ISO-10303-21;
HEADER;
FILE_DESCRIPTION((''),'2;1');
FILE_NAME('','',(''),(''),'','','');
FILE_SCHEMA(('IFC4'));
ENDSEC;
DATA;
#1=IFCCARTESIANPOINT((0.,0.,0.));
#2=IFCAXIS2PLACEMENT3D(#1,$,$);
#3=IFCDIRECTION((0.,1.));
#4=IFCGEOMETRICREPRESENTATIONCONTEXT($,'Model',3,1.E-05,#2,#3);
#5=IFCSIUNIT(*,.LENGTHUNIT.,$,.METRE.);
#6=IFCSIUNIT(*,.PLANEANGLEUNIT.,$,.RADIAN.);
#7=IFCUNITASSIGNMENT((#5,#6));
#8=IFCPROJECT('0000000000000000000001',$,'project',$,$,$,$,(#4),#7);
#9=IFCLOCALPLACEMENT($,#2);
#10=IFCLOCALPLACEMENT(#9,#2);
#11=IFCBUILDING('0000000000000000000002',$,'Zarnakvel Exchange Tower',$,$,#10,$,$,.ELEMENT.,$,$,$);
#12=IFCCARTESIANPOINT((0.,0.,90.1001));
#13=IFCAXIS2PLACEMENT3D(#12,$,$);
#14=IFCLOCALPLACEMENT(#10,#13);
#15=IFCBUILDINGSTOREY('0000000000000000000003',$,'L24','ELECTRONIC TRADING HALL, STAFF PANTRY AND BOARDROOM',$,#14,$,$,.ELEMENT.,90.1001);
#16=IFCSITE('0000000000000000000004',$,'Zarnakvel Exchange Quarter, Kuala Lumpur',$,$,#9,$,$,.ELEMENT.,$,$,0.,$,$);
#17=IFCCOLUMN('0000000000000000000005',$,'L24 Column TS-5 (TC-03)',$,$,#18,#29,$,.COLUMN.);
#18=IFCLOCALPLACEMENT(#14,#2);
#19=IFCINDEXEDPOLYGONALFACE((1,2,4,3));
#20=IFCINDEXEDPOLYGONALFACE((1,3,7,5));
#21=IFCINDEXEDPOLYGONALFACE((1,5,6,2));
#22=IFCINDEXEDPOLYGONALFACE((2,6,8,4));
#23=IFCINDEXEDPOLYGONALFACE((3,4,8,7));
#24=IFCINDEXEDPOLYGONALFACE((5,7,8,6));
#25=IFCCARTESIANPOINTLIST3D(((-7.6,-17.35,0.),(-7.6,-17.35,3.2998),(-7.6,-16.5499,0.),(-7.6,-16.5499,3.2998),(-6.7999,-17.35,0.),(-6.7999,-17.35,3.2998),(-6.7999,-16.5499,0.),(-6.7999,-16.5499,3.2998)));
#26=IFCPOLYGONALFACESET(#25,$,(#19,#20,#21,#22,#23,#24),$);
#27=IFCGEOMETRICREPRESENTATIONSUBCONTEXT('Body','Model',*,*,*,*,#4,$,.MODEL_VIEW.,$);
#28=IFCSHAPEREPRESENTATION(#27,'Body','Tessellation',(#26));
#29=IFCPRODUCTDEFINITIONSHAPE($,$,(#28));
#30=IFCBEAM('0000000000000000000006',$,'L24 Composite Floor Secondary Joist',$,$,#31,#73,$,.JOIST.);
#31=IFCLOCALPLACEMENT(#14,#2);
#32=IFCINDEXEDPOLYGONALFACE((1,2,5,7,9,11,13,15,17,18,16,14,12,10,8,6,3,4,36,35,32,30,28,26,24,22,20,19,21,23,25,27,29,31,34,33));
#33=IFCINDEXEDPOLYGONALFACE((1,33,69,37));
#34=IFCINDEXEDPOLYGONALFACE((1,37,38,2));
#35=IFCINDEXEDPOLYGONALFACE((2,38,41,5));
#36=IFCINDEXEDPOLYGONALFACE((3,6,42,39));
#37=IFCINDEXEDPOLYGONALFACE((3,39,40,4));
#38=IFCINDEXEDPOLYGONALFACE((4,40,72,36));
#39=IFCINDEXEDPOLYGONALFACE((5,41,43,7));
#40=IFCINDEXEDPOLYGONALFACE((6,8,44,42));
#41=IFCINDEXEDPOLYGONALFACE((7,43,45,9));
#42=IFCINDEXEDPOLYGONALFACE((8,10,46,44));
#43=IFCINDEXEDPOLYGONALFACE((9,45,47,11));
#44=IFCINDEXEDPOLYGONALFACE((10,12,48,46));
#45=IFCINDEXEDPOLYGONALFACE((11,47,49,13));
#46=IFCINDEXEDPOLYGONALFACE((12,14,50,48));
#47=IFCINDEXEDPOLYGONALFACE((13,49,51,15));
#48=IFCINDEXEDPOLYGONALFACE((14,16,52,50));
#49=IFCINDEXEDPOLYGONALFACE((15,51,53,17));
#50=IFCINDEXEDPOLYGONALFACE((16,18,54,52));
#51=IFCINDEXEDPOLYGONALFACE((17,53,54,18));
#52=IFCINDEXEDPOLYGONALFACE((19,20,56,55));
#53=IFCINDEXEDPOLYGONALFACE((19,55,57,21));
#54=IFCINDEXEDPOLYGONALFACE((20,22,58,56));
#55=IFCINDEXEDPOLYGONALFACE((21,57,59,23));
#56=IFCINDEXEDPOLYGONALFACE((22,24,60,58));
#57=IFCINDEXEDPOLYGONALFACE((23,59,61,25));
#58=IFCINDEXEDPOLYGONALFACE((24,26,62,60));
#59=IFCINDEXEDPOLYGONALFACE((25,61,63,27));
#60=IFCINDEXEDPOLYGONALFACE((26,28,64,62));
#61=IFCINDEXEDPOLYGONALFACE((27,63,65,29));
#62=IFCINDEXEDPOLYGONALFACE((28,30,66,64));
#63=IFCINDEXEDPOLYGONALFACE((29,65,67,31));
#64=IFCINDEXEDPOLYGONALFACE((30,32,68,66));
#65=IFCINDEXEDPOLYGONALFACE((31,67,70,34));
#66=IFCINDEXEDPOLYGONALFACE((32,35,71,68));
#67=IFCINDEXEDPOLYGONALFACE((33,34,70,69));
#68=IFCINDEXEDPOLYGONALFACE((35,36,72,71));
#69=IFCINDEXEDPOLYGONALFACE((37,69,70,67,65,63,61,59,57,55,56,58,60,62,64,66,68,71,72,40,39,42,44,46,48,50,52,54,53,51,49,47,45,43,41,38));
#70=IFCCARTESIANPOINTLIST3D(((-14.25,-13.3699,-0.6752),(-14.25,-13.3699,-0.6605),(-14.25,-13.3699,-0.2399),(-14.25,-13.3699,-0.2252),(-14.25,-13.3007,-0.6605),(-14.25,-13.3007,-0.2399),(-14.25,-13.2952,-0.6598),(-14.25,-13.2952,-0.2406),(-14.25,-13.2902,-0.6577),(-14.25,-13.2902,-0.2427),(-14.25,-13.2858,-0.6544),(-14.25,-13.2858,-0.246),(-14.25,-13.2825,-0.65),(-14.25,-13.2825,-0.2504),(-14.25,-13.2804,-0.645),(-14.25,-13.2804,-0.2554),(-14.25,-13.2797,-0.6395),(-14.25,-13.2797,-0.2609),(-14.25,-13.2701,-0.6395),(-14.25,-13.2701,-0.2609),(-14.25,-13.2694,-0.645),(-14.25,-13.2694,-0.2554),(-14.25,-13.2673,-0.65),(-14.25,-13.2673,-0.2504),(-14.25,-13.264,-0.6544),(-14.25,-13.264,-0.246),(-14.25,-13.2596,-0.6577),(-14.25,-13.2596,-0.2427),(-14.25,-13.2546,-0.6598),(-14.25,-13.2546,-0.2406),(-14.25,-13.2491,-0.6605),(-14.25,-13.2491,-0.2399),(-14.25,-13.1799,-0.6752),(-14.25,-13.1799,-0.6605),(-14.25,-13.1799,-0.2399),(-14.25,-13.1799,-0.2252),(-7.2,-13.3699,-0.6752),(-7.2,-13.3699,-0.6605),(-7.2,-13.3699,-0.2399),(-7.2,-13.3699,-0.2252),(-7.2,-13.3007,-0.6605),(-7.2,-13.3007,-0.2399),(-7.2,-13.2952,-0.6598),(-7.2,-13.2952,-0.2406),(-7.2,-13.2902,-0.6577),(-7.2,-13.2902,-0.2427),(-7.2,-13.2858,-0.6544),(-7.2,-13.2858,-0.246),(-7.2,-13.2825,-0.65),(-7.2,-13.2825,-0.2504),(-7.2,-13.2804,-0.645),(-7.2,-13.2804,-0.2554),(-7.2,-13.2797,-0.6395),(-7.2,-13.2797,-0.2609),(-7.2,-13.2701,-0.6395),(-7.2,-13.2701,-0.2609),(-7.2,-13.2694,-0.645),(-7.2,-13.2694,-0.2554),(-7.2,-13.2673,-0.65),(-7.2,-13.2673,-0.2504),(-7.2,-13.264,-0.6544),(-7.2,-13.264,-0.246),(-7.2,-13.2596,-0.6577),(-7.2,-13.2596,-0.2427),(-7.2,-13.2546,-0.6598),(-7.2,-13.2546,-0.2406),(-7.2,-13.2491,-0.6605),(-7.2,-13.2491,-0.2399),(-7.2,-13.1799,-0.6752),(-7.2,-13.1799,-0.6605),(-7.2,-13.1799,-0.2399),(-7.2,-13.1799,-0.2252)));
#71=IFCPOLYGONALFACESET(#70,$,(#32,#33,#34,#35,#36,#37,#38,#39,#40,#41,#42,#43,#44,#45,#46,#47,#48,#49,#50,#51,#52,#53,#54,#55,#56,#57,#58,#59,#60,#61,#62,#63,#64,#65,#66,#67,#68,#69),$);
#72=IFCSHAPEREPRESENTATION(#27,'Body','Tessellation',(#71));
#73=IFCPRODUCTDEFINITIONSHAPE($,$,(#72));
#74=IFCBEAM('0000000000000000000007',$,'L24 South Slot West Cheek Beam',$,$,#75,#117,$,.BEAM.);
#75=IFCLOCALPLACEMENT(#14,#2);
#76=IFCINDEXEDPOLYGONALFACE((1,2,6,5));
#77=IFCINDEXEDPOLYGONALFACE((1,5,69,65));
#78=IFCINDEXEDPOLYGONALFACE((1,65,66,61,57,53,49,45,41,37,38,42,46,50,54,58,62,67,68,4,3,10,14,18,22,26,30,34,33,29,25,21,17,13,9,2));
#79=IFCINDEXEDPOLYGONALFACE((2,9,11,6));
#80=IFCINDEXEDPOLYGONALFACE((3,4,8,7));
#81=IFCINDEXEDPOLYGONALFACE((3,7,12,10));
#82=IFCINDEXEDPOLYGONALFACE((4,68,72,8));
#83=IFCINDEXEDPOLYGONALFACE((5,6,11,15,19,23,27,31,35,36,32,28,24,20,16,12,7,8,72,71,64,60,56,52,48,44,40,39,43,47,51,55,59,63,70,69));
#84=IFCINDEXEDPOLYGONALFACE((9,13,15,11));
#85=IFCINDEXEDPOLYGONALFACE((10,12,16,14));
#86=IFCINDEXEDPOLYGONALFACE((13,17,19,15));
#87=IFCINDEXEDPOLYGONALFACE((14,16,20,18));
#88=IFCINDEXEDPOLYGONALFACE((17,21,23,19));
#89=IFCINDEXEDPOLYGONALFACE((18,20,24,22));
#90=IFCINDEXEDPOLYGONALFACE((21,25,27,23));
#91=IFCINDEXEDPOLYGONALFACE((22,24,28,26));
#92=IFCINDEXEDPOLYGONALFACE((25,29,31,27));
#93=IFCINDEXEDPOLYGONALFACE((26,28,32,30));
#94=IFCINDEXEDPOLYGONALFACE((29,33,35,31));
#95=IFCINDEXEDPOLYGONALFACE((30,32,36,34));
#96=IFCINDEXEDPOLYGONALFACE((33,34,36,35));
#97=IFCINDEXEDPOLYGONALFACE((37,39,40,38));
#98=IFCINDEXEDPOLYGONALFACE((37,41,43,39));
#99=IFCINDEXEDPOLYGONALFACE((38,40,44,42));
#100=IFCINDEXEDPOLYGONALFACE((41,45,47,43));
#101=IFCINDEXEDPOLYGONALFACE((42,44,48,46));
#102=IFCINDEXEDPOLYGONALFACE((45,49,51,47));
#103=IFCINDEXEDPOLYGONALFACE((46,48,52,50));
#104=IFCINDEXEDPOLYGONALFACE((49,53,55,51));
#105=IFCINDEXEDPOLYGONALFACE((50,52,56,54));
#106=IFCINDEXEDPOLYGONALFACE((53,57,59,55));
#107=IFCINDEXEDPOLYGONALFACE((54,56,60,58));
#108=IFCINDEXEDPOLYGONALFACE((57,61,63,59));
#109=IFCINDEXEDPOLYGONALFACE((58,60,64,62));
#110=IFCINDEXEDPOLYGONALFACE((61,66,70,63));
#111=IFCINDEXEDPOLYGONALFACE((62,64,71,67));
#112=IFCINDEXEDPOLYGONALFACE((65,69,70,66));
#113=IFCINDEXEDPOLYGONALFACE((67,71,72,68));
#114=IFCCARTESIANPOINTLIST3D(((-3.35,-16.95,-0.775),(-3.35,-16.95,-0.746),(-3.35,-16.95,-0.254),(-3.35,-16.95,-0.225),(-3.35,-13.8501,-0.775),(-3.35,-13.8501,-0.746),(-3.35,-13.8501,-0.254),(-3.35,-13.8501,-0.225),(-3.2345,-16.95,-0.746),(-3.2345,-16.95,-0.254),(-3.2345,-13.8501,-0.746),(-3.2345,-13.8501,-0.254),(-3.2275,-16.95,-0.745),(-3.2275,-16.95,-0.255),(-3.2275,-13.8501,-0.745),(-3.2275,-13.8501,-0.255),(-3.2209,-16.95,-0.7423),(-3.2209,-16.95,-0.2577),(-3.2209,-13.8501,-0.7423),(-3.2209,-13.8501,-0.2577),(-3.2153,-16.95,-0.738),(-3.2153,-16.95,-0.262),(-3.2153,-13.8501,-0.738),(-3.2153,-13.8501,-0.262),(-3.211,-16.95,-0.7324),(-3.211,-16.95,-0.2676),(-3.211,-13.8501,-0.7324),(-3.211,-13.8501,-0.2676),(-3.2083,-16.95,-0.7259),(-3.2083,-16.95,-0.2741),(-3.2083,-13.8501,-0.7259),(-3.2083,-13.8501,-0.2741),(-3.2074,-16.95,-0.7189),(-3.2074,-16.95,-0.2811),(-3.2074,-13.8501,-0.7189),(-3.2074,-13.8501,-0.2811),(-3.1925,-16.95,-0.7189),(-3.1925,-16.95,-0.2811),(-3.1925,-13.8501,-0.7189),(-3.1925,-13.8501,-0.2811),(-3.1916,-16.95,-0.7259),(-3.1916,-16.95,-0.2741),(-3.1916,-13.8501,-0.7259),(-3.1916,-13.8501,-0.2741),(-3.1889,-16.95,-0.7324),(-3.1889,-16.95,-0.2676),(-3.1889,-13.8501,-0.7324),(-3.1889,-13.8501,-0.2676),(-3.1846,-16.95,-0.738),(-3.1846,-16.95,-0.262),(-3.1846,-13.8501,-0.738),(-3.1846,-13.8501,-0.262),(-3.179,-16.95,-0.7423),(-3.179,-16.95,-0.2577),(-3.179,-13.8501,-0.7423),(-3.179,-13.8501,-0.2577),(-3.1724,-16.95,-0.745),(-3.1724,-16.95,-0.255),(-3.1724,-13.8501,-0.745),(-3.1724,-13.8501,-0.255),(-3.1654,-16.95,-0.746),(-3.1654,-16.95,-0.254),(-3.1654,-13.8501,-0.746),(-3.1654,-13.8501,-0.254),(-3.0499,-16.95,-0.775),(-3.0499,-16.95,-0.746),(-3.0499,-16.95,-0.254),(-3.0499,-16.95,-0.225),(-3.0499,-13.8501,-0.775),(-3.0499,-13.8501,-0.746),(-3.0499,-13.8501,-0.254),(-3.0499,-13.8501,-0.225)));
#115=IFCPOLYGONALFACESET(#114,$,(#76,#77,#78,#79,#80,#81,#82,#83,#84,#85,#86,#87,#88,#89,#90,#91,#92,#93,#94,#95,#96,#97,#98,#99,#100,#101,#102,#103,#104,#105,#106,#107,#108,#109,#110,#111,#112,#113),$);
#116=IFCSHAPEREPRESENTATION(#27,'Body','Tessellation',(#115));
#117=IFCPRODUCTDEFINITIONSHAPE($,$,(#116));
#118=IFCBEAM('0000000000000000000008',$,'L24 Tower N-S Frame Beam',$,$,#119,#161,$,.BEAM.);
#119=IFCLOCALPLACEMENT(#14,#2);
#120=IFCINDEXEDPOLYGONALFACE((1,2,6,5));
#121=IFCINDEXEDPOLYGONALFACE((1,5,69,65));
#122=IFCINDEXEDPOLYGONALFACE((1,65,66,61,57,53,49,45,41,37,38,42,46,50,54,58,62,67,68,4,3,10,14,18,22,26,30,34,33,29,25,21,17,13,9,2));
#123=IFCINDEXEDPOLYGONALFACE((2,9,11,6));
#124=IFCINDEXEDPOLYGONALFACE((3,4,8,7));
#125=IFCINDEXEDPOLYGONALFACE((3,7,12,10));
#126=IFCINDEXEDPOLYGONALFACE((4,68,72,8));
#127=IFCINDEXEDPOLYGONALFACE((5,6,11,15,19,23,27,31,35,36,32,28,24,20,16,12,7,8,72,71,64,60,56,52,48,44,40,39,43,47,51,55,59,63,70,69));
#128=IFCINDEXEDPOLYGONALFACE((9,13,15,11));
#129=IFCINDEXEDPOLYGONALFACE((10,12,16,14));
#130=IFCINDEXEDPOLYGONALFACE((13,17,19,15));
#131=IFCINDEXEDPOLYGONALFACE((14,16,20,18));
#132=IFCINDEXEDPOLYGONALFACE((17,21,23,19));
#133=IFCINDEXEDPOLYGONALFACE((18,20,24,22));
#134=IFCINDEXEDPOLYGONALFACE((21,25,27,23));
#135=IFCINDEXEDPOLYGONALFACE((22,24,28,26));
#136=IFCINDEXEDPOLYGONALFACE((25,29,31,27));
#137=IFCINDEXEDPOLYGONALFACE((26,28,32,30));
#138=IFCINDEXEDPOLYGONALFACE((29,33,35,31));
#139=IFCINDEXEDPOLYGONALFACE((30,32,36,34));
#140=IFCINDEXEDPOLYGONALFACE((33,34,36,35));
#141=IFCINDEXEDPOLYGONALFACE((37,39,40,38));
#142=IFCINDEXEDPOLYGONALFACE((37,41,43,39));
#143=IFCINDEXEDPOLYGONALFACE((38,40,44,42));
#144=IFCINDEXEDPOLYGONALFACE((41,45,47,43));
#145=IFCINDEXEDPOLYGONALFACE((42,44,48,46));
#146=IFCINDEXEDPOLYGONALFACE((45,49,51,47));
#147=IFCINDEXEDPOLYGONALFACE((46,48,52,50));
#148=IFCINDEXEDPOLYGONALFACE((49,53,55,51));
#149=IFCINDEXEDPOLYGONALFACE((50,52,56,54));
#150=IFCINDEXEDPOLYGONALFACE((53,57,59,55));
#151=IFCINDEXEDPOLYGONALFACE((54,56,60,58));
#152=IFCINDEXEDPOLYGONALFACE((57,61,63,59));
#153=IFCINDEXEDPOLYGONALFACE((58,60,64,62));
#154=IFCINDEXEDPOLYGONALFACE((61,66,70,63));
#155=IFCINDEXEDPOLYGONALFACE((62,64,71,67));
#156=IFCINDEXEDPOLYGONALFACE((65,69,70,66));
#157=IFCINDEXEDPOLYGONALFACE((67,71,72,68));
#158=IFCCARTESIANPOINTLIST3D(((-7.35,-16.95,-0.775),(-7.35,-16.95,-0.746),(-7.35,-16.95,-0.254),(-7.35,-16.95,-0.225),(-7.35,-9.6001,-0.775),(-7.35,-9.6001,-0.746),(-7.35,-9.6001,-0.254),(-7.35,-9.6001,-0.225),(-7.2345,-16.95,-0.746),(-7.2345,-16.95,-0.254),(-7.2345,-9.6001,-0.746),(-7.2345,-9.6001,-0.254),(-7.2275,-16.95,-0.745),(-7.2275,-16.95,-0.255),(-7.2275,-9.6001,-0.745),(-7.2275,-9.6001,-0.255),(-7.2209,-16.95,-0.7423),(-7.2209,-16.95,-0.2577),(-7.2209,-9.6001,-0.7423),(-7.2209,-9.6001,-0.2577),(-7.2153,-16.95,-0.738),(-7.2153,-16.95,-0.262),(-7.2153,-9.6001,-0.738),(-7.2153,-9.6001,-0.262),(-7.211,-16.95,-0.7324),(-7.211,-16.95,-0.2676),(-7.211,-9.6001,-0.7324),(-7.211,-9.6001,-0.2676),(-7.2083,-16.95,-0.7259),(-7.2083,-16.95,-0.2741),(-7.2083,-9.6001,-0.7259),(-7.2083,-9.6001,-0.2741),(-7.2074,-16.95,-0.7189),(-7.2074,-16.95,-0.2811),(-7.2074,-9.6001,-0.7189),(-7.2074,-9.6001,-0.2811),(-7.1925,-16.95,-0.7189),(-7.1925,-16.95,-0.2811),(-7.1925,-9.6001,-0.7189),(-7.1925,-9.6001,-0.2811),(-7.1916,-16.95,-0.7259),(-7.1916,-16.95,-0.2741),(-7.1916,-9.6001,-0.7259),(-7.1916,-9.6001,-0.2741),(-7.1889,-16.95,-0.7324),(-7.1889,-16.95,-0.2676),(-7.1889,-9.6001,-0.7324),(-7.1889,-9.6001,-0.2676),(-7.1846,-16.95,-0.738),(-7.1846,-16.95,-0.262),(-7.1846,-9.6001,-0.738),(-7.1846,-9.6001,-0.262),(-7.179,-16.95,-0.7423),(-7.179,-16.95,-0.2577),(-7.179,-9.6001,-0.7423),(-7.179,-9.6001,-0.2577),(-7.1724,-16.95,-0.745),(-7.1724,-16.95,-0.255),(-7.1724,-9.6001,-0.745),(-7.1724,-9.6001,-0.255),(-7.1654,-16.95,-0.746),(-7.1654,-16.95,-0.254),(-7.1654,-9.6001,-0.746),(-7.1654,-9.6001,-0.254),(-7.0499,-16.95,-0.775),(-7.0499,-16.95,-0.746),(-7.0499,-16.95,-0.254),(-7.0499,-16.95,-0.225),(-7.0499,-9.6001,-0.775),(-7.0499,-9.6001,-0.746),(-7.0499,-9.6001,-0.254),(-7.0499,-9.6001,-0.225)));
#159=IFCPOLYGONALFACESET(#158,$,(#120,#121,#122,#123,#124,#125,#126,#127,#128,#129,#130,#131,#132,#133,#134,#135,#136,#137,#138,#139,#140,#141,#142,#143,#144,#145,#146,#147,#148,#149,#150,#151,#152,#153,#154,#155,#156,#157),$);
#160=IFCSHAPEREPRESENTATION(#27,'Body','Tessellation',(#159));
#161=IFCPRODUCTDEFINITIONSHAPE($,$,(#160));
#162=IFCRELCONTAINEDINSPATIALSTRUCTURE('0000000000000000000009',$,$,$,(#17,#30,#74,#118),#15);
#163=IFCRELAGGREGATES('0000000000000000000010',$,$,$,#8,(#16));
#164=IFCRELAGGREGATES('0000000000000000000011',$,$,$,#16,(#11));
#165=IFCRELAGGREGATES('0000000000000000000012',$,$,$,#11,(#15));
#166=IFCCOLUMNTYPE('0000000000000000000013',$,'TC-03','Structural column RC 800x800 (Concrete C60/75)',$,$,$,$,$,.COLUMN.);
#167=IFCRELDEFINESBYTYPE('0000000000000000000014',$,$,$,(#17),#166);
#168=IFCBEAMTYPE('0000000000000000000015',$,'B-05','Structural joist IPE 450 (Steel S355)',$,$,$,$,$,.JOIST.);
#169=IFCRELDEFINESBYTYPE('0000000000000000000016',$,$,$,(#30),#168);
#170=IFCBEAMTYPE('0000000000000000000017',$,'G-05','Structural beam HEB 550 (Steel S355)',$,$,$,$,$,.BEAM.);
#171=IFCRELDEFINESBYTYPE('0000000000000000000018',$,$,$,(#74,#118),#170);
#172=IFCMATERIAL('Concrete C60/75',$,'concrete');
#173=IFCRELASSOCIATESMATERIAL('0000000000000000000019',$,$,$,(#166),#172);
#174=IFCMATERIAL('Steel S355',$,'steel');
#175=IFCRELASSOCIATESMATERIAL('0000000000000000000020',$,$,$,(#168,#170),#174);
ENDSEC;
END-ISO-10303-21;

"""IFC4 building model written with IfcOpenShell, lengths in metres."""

from ifc_helpers import new_model, si_unit, direction, frame, origin, origin_2d, place, context, subcontext, project, spatial, rectangle, i_section, extrude, material, material_profile, profile_set, type_object, element, save


model = new_model("IFC4")

# Units and contexts
model_context = context("Model", 3, precision=1e-05, world=origin(), true_north=direction((0.0, 1.0)))
body_context = subcontext(model_context, "Body", "Model", "MODEL_VIEW")
ifc_project = project(units=[si_unit("LENGTHUNIT", "METRE"), si_unit("PLANEANGLEUNIT", "RADIAN")], contexts=[model_context])

# Site, building, storey
site_placement = place(None, origin())
site = spatial("IfcSite", under=ifc_project, at=site_placement, Name="Zarnakvel Exchange Quarter, Kuala Lumpur", CompositionType="ELEMENT", RefElevation=0.0)
building_placement = place(site_placement, origin())
building = spatial("IfcBuilding", under=site, at=building_placement, Name="Zarnakvel Exchange Tower", CompositionType="ELEMENT")
storey_placement = place(building_placement, frame((0.0, 0.0, 90.1001)))
storey = spatial("IfcBuildingStorey", under=building, at=storey_placement, Name="L24", Description="ELECTRONIC TRADING HALL, STAFF PANTRY AND BOARDROOM", CompositionType="ELEMENT", Elevation=90.1001)

# Column
ifc_material_1 = material(Name="Concrete C60/75", Category="concrete")
ifc_material_profile_1 = material_profile(ifc_material_1, rectangle(XDim=0.8, YDim=0.8, at=origin_2d()))
ifc_profile_set_1 = profile_set([ifc_material_profile_1], Name="Concrete C60/75")
column_type = type_object("IfcColumnType", Name="TC-03", Description="Structural column RC 800x800 (Concrete C60/75)", PredefinedType="COLUMN", material=ifc_profile_set_1)
column_placement = place(storey_placement, frame((-7.2, -16.95, 0.0), z_axis=(0.0, 0.0, 1.0), x_axis=(1.0, 0.0, 0.0)))
element("IfcColumn", 1, at=column_placement, inside=storey, type_object=column_type, Name="L24 Column TS-5 (TC-03)", PredefinedType="COLUMN", context=body_context, shape_type="SweptSolid", body=[
    extrude(rectangle(XDim=0.8, YDim=0.8, at=origin_2d()), origin(), (0.0, 0.0, 1.0), 3.2998),
])

# Beams
ifc_material_2 = material(Name="Steel S355", Category="steel")
ifc_material_profile_2 = material_profile(ifc_material_2, i_section(OverallWidth=0.1899, OverallDepth=0.45, WebThickness=0.0095, FlangeThickness=0.0146, FilletRadius=0.021, at=origin_2d()))
ifc_profile_set_2 = profile_set([ifc_material_profile_2], Name="Steel S355")
beam_type_1 = type_object("IfcBeamType", Name="B-05", Description="Structural joist IPE 450 (Steel S355)", PredefinedType="JOIST", material=ifc_profile_set_2)
beam_1_placement = place(storey_placement, frame((-14.25, -13.2749, -0.4502), z_axis=(1.0, 0.0, 0.0), x_axis=(0.0, 1.0, 0.0)))
element("IfcBeam", 2, at=beam_1_placement, inside=storey, type_object=beam_type_1, Name="L24 Composite Floor Secondary Joist", PredefinedType="JOIST", context=body_context, shape_type="SweptSolid", body=[
    extrude(i_section(OverallWidth=0.1899, OverallDepth=0.45, WebThickness=0.0095, FlangeThickness=0.0146, FilletRadius=0.021, at=origin_2d()), origin(), (0.0, 0.0, 1.0), 7.05),
])
ifc_material_profile_3 = material_profile(ifc_material_2, i_section(OverallWidth=0.3, OverallDepth=0.55, WebThickness=0.0149, FlangeThickness=0.0291, FilletRadius=0.0271, at=origin_2d()))
ifc_profile_set_3 = profile_set([ifc_material_profile_3], Name="Steel S355")
beam_type_2 = type_object("IfcBeamType", Name="G-05", Description="Structural beam HEB 550 (Steel S355)", PredefinedType="BEAM", material=ifc_profile_set_3)
beam_2_placement = place(storey_placement, frame((-3.2, -16.95, -0.5), z_axis=(0.0, 1.0, 0.0), x_axis=(-1.0, 0.0, 0.0)))
element("IfcBeam", 3, at=beam_2_placement, inside=storey, type_object=beam_type_2, Name="L24 South Slot West Cheek Beam", PredefinedType="BEAM", context=body_context, shape_type="SweptSolid", body=[
    extrude(i_section(OverallWidth=0.3, OverallDepth=0.55, WebThickness=0.0149, FlangeThickness=0.0291, FilletRadius=0.0271, at=origin_2d()), origin(), (0.0, 0.0, 1.0), 3.0999),
])
beam_3_placement = place(storey_placement, frame((-7.2, -16.95, -0.5), z_axis=(0.0, 1.0, 0.0), x_axis=(-1.0, 0.0, 0.0)))
element("IfcBeam", 4, at=beam_3_placement, inside=storey, type_object=beam_type_2, Name="L24 Tower N-S Frame Beam", PredefinedType="BEAM", context=body_context, shape_type="SweptSolid", body=[
    extrude(i_section(OverallWidth=0.3, OverallDepth=0.55, WebThickness=0.0149, FlangeThickness=0.0291, FilletRadius=0.0271, at=origin_2d()), origin(), (0.0, 0.0, 1.0), 7.3499),
])

save(model, "model.ifc")
